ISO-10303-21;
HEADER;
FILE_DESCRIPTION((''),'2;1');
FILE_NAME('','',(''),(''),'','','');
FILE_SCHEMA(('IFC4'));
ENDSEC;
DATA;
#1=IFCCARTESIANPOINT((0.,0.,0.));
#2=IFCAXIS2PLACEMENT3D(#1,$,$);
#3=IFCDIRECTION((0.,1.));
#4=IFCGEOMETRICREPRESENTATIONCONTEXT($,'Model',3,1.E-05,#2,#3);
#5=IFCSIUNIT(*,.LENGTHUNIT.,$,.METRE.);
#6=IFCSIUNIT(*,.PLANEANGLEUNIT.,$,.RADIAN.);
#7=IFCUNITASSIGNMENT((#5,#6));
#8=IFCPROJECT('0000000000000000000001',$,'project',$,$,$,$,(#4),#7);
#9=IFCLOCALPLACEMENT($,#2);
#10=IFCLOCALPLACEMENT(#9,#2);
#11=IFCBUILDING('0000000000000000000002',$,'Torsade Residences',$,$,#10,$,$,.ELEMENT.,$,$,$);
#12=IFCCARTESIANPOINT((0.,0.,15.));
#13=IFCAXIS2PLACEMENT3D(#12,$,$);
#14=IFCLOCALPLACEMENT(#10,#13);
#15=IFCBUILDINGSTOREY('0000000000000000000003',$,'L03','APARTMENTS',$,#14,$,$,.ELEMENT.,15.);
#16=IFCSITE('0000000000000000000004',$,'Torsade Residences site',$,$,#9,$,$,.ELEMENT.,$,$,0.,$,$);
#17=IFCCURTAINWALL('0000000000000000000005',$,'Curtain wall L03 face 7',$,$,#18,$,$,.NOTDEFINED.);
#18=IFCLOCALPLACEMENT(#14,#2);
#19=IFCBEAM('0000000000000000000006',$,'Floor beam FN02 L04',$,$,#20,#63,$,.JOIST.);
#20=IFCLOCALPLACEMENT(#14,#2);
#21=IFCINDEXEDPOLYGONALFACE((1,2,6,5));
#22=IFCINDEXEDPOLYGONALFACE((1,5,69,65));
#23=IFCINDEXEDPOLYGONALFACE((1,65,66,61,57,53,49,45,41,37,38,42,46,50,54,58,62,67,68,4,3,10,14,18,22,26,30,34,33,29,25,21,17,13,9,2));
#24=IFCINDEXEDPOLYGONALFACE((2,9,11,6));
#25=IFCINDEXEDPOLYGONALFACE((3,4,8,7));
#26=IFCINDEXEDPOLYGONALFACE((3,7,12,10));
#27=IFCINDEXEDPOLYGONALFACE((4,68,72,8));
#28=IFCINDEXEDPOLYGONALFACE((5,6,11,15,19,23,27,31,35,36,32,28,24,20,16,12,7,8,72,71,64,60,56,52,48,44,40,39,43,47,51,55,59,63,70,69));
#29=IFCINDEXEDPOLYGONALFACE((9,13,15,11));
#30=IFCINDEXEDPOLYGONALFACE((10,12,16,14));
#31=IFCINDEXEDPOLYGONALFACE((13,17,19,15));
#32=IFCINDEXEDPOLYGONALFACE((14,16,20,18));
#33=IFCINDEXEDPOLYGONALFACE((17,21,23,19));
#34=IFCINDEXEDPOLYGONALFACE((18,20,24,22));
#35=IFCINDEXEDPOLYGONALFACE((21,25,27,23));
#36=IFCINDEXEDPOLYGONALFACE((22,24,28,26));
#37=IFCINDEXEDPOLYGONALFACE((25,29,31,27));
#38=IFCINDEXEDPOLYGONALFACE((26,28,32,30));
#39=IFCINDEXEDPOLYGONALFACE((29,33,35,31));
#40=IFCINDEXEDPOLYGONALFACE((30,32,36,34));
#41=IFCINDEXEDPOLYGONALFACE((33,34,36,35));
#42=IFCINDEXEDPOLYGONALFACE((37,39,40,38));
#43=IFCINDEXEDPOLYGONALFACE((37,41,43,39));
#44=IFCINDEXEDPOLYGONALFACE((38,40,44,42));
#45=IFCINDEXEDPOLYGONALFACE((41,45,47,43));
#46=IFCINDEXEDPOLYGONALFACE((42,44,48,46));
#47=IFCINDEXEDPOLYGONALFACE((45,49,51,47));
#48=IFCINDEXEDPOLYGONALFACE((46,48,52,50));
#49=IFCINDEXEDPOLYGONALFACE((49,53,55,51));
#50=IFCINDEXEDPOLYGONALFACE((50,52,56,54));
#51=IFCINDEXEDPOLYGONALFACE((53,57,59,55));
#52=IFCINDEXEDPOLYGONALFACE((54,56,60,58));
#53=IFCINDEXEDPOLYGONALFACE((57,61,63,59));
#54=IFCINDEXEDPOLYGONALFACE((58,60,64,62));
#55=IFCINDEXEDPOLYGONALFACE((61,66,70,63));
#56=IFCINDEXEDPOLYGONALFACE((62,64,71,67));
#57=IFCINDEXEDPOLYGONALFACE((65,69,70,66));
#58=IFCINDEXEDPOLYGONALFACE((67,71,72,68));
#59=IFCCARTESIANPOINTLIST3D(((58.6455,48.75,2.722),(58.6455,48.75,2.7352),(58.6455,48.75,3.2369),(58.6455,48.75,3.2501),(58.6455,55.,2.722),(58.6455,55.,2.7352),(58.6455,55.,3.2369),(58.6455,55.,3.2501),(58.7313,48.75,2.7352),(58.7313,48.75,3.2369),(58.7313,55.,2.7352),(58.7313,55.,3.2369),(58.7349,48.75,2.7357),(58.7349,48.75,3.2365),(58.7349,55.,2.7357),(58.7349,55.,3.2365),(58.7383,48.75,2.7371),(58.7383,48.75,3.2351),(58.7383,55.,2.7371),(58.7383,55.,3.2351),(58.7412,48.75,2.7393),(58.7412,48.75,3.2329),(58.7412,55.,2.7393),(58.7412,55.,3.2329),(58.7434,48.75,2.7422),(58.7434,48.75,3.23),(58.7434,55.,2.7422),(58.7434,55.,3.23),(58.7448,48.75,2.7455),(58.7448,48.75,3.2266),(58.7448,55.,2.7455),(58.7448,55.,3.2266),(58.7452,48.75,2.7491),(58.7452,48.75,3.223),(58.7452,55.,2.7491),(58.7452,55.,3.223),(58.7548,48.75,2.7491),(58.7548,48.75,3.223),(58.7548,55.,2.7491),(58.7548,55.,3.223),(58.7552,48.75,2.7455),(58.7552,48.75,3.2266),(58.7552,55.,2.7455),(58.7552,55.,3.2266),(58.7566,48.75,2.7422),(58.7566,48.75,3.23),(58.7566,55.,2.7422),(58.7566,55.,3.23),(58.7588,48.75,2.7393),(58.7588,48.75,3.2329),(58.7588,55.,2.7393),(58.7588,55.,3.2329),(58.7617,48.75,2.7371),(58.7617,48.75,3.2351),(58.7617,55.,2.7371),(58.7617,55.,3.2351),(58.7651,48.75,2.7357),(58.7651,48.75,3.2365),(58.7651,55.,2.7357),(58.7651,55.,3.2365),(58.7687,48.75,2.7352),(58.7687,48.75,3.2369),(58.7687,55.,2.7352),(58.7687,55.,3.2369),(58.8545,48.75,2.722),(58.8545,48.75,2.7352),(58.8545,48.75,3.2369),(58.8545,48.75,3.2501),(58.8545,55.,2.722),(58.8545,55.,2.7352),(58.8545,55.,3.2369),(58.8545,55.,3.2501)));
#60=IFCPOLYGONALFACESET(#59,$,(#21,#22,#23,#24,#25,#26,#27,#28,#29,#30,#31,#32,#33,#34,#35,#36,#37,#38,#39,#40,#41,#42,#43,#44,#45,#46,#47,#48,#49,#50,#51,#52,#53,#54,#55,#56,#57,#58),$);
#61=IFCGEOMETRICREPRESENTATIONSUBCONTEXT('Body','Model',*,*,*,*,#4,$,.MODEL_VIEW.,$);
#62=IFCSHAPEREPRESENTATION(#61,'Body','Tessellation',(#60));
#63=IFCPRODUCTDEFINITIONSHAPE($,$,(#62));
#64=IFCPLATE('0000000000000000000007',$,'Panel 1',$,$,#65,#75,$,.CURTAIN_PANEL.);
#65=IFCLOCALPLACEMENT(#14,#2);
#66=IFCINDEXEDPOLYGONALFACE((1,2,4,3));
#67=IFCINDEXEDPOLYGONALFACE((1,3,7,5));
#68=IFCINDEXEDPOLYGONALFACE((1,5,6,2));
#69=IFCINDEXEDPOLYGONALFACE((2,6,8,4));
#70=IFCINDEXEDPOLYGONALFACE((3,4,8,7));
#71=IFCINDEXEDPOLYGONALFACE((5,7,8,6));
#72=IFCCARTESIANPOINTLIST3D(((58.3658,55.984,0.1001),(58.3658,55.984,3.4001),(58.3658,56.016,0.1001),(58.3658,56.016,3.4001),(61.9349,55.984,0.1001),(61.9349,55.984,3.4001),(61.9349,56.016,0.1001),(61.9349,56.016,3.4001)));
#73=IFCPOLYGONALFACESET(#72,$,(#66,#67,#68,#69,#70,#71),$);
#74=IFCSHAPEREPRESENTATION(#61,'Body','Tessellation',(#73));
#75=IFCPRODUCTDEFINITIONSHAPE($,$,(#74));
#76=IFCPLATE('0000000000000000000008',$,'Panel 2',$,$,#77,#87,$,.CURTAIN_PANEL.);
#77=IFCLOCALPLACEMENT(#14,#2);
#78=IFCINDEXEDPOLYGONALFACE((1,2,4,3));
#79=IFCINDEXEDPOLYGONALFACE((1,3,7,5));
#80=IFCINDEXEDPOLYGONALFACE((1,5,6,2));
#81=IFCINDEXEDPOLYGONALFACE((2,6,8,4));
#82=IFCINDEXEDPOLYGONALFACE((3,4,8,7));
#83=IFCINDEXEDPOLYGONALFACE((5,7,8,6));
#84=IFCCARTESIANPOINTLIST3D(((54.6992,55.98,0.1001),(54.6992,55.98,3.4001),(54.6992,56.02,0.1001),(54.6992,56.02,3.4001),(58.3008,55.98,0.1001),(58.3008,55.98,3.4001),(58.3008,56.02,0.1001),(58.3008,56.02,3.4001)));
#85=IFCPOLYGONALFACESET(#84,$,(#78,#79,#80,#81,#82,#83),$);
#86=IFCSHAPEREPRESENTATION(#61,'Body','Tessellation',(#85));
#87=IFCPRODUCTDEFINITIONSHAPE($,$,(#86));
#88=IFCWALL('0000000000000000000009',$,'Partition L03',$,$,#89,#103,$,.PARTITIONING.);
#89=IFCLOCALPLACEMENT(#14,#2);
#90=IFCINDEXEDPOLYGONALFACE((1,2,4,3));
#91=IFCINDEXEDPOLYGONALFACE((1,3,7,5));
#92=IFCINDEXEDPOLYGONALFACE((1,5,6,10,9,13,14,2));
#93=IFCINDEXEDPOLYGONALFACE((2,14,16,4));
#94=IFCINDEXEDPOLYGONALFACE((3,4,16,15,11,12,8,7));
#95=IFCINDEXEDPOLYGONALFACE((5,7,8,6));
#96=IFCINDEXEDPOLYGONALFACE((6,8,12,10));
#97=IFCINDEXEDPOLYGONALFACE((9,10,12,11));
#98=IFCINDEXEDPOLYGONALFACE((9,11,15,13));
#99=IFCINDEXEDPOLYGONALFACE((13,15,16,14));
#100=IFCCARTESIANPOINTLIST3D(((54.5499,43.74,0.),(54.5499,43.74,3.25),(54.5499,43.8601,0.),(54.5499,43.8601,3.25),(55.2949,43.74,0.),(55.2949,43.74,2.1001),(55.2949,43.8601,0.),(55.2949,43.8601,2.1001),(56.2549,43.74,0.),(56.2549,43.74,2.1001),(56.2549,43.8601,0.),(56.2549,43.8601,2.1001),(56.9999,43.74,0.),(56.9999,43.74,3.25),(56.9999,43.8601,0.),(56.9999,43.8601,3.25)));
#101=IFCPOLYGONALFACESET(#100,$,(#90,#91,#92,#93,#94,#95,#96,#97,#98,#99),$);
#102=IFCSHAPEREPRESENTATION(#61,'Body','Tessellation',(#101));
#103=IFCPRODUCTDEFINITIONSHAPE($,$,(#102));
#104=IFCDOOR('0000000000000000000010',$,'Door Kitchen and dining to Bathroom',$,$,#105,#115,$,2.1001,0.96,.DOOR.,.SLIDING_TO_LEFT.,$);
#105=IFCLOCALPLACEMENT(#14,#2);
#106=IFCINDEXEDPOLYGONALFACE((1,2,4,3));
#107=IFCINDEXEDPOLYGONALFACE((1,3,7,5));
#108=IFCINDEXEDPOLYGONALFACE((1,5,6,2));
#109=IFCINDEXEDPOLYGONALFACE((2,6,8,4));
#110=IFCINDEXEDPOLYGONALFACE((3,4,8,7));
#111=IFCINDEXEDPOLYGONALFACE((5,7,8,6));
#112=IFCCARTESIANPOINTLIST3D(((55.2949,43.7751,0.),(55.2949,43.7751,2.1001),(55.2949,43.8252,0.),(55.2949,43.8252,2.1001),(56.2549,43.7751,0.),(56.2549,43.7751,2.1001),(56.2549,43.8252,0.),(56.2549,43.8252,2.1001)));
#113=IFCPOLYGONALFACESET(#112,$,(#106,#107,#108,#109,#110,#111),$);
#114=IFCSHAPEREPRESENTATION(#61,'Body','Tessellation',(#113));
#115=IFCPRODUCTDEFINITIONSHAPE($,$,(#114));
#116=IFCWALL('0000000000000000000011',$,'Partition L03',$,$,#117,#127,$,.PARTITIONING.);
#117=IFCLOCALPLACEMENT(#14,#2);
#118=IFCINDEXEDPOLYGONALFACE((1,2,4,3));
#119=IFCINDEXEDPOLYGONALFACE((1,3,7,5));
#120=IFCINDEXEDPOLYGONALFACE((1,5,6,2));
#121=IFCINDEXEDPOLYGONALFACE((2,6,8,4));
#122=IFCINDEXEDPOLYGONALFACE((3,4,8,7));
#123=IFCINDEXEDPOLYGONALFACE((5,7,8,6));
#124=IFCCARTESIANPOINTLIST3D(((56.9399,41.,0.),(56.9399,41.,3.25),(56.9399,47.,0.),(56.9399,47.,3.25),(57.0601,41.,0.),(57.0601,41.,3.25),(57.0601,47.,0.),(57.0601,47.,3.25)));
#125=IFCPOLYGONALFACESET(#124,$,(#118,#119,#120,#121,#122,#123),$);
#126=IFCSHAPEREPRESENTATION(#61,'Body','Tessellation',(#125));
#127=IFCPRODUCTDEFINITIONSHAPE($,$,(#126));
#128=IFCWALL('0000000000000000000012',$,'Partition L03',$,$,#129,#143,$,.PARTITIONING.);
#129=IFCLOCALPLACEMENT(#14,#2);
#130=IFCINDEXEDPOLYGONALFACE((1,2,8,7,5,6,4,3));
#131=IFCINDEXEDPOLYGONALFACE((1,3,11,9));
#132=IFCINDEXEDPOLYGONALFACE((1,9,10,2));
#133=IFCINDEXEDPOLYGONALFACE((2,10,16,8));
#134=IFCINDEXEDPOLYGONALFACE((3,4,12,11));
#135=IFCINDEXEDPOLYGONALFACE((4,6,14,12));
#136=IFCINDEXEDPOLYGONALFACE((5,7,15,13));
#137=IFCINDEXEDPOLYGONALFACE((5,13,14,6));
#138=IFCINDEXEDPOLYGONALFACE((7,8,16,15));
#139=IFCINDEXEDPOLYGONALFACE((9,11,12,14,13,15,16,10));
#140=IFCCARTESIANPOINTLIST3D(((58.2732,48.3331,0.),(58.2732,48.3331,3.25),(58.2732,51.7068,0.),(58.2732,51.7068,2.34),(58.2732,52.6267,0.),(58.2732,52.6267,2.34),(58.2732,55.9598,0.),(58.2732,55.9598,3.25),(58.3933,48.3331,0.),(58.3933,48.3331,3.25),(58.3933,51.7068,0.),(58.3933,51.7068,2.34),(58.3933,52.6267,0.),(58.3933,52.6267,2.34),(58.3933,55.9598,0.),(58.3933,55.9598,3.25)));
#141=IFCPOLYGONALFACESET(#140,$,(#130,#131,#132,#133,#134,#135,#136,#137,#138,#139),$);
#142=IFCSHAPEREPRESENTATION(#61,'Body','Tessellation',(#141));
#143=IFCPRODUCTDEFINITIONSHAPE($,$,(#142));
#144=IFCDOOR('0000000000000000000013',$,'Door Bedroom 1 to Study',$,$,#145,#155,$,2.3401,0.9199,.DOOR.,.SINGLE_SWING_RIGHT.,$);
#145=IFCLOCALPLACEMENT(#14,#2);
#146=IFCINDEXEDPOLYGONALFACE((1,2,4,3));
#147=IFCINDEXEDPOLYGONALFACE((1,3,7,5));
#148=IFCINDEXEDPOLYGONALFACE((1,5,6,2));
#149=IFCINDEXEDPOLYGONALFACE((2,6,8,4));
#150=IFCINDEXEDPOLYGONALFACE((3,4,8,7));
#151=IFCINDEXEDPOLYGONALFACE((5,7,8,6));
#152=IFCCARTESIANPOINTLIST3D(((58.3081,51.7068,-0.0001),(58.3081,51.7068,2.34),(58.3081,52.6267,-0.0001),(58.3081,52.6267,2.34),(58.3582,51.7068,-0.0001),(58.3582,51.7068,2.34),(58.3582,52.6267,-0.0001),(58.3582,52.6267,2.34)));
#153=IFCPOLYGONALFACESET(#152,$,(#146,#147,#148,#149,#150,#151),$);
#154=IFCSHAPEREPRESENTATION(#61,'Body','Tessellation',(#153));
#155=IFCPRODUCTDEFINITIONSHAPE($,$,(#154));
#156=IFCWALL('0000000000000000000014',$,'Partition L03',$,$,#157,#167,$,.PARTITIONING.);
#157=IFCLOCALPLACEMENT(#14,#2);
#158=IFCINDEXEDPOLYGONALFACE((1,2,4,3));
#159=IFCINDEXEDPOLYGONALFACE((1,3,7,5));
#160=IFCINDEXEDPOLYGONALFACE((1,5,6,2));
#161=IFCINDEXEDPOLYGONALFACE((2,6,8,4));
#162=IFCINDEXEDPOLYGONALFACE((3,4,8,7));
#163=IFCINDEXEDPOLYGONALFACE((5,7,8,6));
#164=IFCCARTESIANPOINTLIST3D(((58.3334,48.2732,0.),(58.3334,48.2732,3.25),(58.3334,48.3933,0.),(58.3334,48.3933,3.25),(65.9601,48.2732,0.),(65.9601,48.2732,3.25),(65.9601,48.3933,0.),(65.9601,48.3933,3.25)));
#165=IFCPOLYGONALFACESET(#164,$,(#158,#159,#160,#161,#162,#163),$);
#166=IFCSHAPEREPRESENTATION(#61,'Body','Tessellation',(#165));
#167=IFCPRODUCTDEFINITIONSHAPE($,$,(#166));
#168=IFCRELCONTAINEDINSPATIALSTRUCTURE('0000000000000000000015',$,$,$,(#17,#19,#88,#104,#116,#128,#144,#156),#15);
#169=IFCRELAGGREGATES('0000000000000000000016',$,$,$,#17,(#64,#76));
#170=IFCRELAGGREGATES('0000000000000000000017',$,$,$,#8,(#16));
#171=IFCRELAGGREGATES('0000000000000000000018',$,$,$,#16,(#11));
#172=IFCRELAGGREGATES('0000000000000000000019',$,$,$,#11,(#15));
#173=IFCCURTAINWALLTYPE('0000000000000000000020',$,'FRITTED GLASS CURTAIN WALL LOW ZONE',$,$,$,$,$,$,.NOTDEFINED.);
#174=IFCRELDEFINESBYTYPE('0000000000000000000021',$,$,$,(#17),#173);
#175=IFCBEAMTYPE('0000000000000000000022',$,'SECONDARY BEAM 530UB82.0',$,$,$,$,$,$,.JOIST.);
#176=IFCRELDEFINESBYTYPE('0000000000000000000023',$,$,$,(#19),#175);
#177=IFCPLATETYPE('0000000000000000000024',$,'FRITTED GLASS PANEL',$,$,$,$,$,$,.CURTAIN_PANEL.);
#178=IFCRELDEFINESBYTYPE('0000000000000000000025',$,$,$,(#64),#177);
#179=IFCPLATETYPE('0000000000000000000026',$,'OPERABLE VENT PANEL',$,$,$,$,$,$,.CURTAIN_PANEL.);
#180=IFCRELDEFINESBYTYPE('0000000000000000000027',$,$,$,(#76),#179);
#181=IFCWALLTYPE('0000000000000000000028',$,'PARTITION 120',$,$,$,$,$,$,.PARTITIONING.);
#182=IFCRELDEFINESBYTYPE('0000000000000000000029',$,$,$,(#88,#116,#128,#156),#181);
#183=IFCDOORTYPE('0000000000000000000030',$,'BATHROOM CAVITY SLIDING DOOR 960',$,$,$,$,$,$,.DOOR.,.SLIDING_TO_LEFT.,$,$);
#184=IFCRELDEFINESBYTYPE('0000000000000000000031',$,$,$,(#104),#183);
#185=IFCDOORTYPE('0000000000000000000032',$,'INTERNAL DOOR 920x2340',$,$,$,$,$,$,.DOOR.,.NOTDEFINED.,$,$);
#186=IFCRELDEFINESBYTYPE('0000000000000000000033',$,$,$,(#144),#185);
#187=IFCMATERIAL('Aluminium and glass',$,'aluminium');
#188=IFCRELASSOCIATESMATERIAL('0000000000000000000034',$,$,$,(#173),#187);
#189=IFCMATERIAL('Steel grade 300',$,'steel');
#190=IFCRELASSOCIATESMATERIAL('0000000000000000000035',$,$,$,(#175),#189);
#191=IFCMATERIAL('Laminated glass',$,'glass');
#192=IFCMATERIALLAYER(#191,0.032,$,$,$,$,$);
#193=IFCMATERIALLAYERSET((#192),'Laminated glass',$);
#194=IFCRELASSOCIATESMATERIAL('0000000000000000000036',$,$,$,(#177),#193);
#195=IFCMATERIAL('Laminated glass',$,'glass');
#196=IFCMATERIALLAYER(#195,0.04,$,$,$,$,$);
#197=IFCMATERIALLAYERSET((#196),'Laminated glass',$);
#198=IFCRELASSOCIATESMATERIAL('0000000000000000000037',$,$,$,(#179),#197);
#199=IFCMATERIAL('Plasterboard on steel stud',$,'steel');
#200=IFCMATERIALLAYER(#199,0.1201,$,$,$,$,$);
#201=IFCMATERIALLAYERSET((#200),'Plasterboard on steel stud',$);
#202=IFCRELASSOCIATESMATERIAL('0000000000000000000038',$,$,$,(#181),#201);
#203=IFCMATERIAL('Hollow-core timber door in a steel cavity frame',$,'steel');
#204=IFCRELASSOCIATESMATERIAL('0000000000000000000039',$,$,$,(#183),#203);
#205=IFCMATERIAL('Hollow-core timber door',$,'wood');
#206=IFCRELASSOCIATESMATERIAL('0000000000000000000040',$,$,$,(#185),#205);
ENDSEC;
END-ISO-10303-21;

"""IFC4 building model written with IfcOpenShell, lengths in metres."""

from ifc_helpers import new_model, si_unit, direction, frame, frame_2d, origin, origin_2d, place, context, subcontext, project, spatial, rectangle, i_section, extrude, material, layer, layer_set, material_profile, profile_set, type_object, element, fill, aggregate, save


model = new_model("IFC4")

# Units and contexts
model_context = context("Model", 3, precision=1e-05, world=origin(), true_north=direction((0.0, 1.0)))
body_context = subcontext(model_context, "Body", "Model", "MODEL_VIEW")
ifc_project = project(units=[si_unit("LENGTHUNIT", "METRE"), si_unit("PLANEANGLEUNIT", "RADIAN")], contexts=[model_context])

# Site, building, storey
site_placement = place(None, origin())
site = spatial("IfcSite", under=ifc_project, at=site_placement, Name="Torsade Residences site", CompositionType="ELEMENT", RefElevation=0.0)
building_placement = place(site_placement, origin())
building = spatial("IfcBuilding", under=site, at=building_placement, Name="Torsade Residences", CompositionType="ELEMENT")
storey_placement = place(building_placement, frame((0.0, 0.0, 15.0)))
storey = spatial("IfcBuildingStorey", under=building, at=storey_placement, Name="L03", Description="APARTMENTS", CompositionType="ELEMENT", Elevation=15.0)

# Curtain wall
ifc_material_1 = material(Name="Aluminium and glass", Category="aluminium")
curtain_wall_type = type_object("IfcCurtainWallType", Name="FRITTED GLASS CURTAIN WALL LOW ZONE", PredefinedType="NOTDEFINED", material=ifc_material_1)
curtain_wall_placement = place(storey_placement, origin())
curtain_wall = element("IfcCurtainWall", 1, at=curtain_wall_placement, inside=storey, type_object=curtain_wall_type, Name="Curtain wall L03 face 7", PredefinedType="NOTDEFINED")

# Beam
ifc_material_2 = material(Name="Steel grade 300", Category="steel")
ifc_material_profile_1 = material_profile(ifc_material_2, i_section(OverallWidth=0.209, OverallDepth=0.5281, WebThickness=0.0095, FlangeThickness=0.0132, FilletRadius=0.0139, at=origin_2d()), Name="530UB82.0")
ifc_profile_set_1 = profile_set([ifc_material_profile_1], Name="Steel grade 300")
beam_type_1 = type_object("IfcBeamType", Name="SECONDARY BEAM 530UB82.0", PredefinedType="JOIST", material=ifc_profile_set_1)
beam_1_placement = place(storey_placement, frame((58.75, 55.0, 2.9861), z_axis=(0.0, -1.0, 0.0), x_axis=(1.0, 0.0, 0.0)))
element("IfcBeam", 2, at=beam_1_placement, inside=storey, type_object=beam_type_1, Name="Floor beam FN02 L04", PredefinedType="JOIST", context=body_context, shape_type="SweptSolid", body=[
    extrude(i_section(OverallWidth=0.209, OverallDepth=0.5281, WebThickness=0.0095, FlangeThickness=0.0132, FilletRadius=0.0139, at=origin_2d()), origin(), (0.0, 0.0, 1.0), 6.25),
])

# Plates
ifc_material_3 = material(Name="Laminated glass", Category="glass")
ifc_layer_1 = layer(ifc_material_3, 0.032)
ifc_layer_set_1 = layer_set([ifc_layer_1], Name="Laminated glass")
plate_type_1 = type_object("IfcPlateType", Name="FRITTED GLASS PANEL", PredefinedType="CURTAIN_PANEL", material=ifc_layer_set_1)
plate_1_placement = place(storey_placement, frame((60.1504, 56.0, 0.1001), z_axis=(0.0, 0.0, 1.0), x_axis=(-1.0, 0.0, 0.0)))
plate_1 = element("IfcPlate", 3, at=plate_1_placement, type_object=plate_type_1, Name="Panel 1", PredefinedType="CURTAIN_PANEL", context=body_context, shape_type="SweptSolid", body=[
    extrude(rectangle(XDim=3.5691, YDim=0.032, at=origin_2d()), origin(), (0.0, 0.0, 1.0), 3.3),
])
ifc_material_4 = material(Name="Laminated glass", Category="glass")
ifc_layer_2 = layer(ifc_material_4, 0.04)
ifc_layer_set_2 = layer_set([ifc_layer_2], Name="Laminated glass")
plate_type_2 = type_object("IfcPlateType", Name="OPERABLE VENT PANEL", PredefinedType="CURTAIN_PANEL", material=ifc_layer_set_2)
plate_2_placement = place(storey_placement, frame((56.5, 56.0, 0.1001), z_axis=(0.0, 0.0, 1.0), x_axis=(-1.0, 0.0, 0.0)))
plate_2 = element("IfcPlate", 4, at=plate_2_placement, type_object=plate_type_2, Name="Panel 2", PredefinedType="CURTAIN_PANEL", context=body_context, shape_type="SweptSolid", body=[
    extrude(rectangle(XDim=3.6016, YDim=0.04, at=origin_2d()), origin(), (0.0, 0.0, 1.0), 3.3),
])
aggregate(curtain_wall, [plate_1, plate_2])

# Wall, opening, door
ifc_material_5 = material(Name="Plasterboard on steel stud", Category="steel")
ifc_layer_3 = layer(ifc_material_5, 0.1201)
ifc_layer_set_3 = layer_set([ifc_layer_3], Name="Plasterboard on steel stud")
wall_type_1 = type_object("IfcWallType", Name="PARTITION 120", PredefinedType="PARTITIONING", material=ifc_layer_set_3)
wall_1_placement = place(storey_placement, frame((57.0, 43.8, 0.0), z_axis=(0.0, 0.0, 1.0), x_axis=(-1.0, 0.0, 0.0)))
wall_1 = element("IfcWall", 5, at=wall_1_placement, inside=storey, type_object=wall_type_1, Name="Partition L03", PredefinedType="PARTITIONING", context=body_context, shape_type="SweptSolid", body=[
    extrude(rectangle(XDim=2.45, YDim=0.1201, at=frame_2d((1.2251, 0.0))), origin(), (0.0, 0.0, 1.0), 3.25),
])
opening_1_placement = place(wall_1_placement, frame((0.7451, 0.0, 0.0)))
opening_1 = element("IfcOpeningElement", 6, at=opening_1_placement, cuts=wall_1, PredefinedType="OPENING", context=body_context, shape_type="SweptSolid", body=[
    extrude(rectangle(XDim=0.96, YDim=2.1001, at=frame_2d((0.48, 1.05))), frame((0.0, 0.0701, 0.0), z_axis=(0.0, -1.0, 0.0), x_axis=(1.0, 0.0, 0.0)), (0.0, 0.0, 1.0), 0.1401),
])
ifc_material_6 = material(Name="Hollow-core timber door in a steel cavity frame", Category="steel")
door_type_1 = type_object("IfcDoorType", Name="BATHROOM CAVITY SLIDING DOOR 960", OperationType="SLIDING_TO_LEFT", PredefinedType="DOOR", material=ifc_material_6)
door_1_placement = place(opening_1_placement, origin())
door_1 = element("IfcDoor", 7, at=door_1_placement, inside=storey, type_object=door_type_1, Name="Door Kitchen and dining to Bathroom", OperationType="SLIDING_TO_LEFT", OverallHeight=2.1001, OverallWidth=0.96, PredefinedType="DOOR", context=body_context, shape_type="SweptSolid", body=[
    extrude(rectangle(XDim=0.96, YDim=2.1001, at=frame_2d((0.48, 1.05))), frame((0.0, 0.0249, 0.0), z_axis=(0.0, -1.0, 0.0), x_axis=(1.0, 0.0, 0.0)), (0.0, 0.0, 1.0), 0.05),
])
fill(opening_1, door_1)

# Wall
wall_2_placement = place(storey_placement, frame((57.0, 47.0, 0.0), z_axis=(0.0, 0.0, 1.0), x_axis=(0.0, -1.0, 0.0)))
element("IfcWall", 8, at=wall_2_placement, inside=storey, type_object=wall_type_1, Name="Partition L03", PredefinedType="PARTITIONING", context=body_context, shape_type="SweptSolid", body=[
    extrude(rectangle(XDim=6.0, YDim=0.1201, at=frame_2d((3.0, 0.0))), origin(), (0.0, 0.0, 1.0), 3.25),
])

# Wall, opening, door
wall_3_placement = place(storey_placement, frame((58.3333, 55.96, 0.0), z_axis=(0.0, 0.0, 1.0), x_axis=(0.0, -1.0, 0.0)))
wall_3 = element("IfcWall", 9, at=wall_3_placement, inside=storey, type_object=wall_type_1, Name="Partition L03", PredefinedType="PARTITIONING", context=body_context, shape_type="SweptSolid", body=[
    extrude(rectangle(XDim=7.6267, YDim=0.1201, at=frame_2d((3.8135, 0.0))), origin(), (0.0, 0.0, 1.0), 3.25),
])
opening_2_placement = place(wall_3_placement, frame((3.3333, 0.0, 0.0)))
opening_2 = element("IfcOpeningElement", 10, at=opening_2_placement, cuts=wall_3, PredefinedType="OPENING", context=body_context, shape_type="SweptSolid", body=[
    extrude(rectangle(XDim=0.9199, YDim=2.3401, at=frame_2d((0.46, 1.1699))), frame((0.0, 0.0701, 0.0), z_axis=(0.0, -1.0, 0.0), x_axis=(1.0, 0.0, 0.0)), (0.0, 0.0, 1.0), 0.1401),
])
ifc_material_7 = material(Name="Hollow-core timber door", Category="wood")
door_type_2 = type_object("IfcDoorType", Name="INTERNAL DOOR 920x2340", OperationType="NOTDEFINED", PredefinedType="DOOR", material=ifc_material_7)
door_2_placement = place(opening_2_placement, origin())
door_2 = element("IfcDoor", 11, at=door_2_placement, inside=storey, type_object=door_type_2, Name="Door Bedroom 1 to Study", OperationType="SINGLE_SWING_RIGHT", OverallHeight=2.3401, OverallWidth=0.9199, PredefinedType="DOOR", context=body_context, shape_type="SweptSolid", body=[
    extrude(rectangle(XDim=0.9199, YDim=2.3401, at=frame_2d((0.46, 1.1699))), frame((0.0, 0.0249, 0.0), z_axis=(0.0, -1.0, 0.0), x_axis=(1.0, 0.0, 0.0)), (0.0, 0.0, 1.0), 0.05),
])
fill(opening_2, door_2)

# Wall
wall_4_placement = place(storey_placement, frame((58.3333, 48.3333, 0.0), z_axis=(0.0, 0.0, 1.0), x_axis=(1.0, 0.0, 0.0)))
element("IfcWall", 12, at=wall_4_placement, inside=storey, type_object=wall_type_1, Name="Partition L03", PredefinedType="PARTITIONING", context=body_context, shape_type="SweptSolid", body=[
    extrude(rectangle(XDim=7.6267, YDim=0.1201, at=frame_2d((3.8135, 0.0))), origin(), (0.0, 0.0, 1.0), 3.25),
])

save(model, "model.ifc")
